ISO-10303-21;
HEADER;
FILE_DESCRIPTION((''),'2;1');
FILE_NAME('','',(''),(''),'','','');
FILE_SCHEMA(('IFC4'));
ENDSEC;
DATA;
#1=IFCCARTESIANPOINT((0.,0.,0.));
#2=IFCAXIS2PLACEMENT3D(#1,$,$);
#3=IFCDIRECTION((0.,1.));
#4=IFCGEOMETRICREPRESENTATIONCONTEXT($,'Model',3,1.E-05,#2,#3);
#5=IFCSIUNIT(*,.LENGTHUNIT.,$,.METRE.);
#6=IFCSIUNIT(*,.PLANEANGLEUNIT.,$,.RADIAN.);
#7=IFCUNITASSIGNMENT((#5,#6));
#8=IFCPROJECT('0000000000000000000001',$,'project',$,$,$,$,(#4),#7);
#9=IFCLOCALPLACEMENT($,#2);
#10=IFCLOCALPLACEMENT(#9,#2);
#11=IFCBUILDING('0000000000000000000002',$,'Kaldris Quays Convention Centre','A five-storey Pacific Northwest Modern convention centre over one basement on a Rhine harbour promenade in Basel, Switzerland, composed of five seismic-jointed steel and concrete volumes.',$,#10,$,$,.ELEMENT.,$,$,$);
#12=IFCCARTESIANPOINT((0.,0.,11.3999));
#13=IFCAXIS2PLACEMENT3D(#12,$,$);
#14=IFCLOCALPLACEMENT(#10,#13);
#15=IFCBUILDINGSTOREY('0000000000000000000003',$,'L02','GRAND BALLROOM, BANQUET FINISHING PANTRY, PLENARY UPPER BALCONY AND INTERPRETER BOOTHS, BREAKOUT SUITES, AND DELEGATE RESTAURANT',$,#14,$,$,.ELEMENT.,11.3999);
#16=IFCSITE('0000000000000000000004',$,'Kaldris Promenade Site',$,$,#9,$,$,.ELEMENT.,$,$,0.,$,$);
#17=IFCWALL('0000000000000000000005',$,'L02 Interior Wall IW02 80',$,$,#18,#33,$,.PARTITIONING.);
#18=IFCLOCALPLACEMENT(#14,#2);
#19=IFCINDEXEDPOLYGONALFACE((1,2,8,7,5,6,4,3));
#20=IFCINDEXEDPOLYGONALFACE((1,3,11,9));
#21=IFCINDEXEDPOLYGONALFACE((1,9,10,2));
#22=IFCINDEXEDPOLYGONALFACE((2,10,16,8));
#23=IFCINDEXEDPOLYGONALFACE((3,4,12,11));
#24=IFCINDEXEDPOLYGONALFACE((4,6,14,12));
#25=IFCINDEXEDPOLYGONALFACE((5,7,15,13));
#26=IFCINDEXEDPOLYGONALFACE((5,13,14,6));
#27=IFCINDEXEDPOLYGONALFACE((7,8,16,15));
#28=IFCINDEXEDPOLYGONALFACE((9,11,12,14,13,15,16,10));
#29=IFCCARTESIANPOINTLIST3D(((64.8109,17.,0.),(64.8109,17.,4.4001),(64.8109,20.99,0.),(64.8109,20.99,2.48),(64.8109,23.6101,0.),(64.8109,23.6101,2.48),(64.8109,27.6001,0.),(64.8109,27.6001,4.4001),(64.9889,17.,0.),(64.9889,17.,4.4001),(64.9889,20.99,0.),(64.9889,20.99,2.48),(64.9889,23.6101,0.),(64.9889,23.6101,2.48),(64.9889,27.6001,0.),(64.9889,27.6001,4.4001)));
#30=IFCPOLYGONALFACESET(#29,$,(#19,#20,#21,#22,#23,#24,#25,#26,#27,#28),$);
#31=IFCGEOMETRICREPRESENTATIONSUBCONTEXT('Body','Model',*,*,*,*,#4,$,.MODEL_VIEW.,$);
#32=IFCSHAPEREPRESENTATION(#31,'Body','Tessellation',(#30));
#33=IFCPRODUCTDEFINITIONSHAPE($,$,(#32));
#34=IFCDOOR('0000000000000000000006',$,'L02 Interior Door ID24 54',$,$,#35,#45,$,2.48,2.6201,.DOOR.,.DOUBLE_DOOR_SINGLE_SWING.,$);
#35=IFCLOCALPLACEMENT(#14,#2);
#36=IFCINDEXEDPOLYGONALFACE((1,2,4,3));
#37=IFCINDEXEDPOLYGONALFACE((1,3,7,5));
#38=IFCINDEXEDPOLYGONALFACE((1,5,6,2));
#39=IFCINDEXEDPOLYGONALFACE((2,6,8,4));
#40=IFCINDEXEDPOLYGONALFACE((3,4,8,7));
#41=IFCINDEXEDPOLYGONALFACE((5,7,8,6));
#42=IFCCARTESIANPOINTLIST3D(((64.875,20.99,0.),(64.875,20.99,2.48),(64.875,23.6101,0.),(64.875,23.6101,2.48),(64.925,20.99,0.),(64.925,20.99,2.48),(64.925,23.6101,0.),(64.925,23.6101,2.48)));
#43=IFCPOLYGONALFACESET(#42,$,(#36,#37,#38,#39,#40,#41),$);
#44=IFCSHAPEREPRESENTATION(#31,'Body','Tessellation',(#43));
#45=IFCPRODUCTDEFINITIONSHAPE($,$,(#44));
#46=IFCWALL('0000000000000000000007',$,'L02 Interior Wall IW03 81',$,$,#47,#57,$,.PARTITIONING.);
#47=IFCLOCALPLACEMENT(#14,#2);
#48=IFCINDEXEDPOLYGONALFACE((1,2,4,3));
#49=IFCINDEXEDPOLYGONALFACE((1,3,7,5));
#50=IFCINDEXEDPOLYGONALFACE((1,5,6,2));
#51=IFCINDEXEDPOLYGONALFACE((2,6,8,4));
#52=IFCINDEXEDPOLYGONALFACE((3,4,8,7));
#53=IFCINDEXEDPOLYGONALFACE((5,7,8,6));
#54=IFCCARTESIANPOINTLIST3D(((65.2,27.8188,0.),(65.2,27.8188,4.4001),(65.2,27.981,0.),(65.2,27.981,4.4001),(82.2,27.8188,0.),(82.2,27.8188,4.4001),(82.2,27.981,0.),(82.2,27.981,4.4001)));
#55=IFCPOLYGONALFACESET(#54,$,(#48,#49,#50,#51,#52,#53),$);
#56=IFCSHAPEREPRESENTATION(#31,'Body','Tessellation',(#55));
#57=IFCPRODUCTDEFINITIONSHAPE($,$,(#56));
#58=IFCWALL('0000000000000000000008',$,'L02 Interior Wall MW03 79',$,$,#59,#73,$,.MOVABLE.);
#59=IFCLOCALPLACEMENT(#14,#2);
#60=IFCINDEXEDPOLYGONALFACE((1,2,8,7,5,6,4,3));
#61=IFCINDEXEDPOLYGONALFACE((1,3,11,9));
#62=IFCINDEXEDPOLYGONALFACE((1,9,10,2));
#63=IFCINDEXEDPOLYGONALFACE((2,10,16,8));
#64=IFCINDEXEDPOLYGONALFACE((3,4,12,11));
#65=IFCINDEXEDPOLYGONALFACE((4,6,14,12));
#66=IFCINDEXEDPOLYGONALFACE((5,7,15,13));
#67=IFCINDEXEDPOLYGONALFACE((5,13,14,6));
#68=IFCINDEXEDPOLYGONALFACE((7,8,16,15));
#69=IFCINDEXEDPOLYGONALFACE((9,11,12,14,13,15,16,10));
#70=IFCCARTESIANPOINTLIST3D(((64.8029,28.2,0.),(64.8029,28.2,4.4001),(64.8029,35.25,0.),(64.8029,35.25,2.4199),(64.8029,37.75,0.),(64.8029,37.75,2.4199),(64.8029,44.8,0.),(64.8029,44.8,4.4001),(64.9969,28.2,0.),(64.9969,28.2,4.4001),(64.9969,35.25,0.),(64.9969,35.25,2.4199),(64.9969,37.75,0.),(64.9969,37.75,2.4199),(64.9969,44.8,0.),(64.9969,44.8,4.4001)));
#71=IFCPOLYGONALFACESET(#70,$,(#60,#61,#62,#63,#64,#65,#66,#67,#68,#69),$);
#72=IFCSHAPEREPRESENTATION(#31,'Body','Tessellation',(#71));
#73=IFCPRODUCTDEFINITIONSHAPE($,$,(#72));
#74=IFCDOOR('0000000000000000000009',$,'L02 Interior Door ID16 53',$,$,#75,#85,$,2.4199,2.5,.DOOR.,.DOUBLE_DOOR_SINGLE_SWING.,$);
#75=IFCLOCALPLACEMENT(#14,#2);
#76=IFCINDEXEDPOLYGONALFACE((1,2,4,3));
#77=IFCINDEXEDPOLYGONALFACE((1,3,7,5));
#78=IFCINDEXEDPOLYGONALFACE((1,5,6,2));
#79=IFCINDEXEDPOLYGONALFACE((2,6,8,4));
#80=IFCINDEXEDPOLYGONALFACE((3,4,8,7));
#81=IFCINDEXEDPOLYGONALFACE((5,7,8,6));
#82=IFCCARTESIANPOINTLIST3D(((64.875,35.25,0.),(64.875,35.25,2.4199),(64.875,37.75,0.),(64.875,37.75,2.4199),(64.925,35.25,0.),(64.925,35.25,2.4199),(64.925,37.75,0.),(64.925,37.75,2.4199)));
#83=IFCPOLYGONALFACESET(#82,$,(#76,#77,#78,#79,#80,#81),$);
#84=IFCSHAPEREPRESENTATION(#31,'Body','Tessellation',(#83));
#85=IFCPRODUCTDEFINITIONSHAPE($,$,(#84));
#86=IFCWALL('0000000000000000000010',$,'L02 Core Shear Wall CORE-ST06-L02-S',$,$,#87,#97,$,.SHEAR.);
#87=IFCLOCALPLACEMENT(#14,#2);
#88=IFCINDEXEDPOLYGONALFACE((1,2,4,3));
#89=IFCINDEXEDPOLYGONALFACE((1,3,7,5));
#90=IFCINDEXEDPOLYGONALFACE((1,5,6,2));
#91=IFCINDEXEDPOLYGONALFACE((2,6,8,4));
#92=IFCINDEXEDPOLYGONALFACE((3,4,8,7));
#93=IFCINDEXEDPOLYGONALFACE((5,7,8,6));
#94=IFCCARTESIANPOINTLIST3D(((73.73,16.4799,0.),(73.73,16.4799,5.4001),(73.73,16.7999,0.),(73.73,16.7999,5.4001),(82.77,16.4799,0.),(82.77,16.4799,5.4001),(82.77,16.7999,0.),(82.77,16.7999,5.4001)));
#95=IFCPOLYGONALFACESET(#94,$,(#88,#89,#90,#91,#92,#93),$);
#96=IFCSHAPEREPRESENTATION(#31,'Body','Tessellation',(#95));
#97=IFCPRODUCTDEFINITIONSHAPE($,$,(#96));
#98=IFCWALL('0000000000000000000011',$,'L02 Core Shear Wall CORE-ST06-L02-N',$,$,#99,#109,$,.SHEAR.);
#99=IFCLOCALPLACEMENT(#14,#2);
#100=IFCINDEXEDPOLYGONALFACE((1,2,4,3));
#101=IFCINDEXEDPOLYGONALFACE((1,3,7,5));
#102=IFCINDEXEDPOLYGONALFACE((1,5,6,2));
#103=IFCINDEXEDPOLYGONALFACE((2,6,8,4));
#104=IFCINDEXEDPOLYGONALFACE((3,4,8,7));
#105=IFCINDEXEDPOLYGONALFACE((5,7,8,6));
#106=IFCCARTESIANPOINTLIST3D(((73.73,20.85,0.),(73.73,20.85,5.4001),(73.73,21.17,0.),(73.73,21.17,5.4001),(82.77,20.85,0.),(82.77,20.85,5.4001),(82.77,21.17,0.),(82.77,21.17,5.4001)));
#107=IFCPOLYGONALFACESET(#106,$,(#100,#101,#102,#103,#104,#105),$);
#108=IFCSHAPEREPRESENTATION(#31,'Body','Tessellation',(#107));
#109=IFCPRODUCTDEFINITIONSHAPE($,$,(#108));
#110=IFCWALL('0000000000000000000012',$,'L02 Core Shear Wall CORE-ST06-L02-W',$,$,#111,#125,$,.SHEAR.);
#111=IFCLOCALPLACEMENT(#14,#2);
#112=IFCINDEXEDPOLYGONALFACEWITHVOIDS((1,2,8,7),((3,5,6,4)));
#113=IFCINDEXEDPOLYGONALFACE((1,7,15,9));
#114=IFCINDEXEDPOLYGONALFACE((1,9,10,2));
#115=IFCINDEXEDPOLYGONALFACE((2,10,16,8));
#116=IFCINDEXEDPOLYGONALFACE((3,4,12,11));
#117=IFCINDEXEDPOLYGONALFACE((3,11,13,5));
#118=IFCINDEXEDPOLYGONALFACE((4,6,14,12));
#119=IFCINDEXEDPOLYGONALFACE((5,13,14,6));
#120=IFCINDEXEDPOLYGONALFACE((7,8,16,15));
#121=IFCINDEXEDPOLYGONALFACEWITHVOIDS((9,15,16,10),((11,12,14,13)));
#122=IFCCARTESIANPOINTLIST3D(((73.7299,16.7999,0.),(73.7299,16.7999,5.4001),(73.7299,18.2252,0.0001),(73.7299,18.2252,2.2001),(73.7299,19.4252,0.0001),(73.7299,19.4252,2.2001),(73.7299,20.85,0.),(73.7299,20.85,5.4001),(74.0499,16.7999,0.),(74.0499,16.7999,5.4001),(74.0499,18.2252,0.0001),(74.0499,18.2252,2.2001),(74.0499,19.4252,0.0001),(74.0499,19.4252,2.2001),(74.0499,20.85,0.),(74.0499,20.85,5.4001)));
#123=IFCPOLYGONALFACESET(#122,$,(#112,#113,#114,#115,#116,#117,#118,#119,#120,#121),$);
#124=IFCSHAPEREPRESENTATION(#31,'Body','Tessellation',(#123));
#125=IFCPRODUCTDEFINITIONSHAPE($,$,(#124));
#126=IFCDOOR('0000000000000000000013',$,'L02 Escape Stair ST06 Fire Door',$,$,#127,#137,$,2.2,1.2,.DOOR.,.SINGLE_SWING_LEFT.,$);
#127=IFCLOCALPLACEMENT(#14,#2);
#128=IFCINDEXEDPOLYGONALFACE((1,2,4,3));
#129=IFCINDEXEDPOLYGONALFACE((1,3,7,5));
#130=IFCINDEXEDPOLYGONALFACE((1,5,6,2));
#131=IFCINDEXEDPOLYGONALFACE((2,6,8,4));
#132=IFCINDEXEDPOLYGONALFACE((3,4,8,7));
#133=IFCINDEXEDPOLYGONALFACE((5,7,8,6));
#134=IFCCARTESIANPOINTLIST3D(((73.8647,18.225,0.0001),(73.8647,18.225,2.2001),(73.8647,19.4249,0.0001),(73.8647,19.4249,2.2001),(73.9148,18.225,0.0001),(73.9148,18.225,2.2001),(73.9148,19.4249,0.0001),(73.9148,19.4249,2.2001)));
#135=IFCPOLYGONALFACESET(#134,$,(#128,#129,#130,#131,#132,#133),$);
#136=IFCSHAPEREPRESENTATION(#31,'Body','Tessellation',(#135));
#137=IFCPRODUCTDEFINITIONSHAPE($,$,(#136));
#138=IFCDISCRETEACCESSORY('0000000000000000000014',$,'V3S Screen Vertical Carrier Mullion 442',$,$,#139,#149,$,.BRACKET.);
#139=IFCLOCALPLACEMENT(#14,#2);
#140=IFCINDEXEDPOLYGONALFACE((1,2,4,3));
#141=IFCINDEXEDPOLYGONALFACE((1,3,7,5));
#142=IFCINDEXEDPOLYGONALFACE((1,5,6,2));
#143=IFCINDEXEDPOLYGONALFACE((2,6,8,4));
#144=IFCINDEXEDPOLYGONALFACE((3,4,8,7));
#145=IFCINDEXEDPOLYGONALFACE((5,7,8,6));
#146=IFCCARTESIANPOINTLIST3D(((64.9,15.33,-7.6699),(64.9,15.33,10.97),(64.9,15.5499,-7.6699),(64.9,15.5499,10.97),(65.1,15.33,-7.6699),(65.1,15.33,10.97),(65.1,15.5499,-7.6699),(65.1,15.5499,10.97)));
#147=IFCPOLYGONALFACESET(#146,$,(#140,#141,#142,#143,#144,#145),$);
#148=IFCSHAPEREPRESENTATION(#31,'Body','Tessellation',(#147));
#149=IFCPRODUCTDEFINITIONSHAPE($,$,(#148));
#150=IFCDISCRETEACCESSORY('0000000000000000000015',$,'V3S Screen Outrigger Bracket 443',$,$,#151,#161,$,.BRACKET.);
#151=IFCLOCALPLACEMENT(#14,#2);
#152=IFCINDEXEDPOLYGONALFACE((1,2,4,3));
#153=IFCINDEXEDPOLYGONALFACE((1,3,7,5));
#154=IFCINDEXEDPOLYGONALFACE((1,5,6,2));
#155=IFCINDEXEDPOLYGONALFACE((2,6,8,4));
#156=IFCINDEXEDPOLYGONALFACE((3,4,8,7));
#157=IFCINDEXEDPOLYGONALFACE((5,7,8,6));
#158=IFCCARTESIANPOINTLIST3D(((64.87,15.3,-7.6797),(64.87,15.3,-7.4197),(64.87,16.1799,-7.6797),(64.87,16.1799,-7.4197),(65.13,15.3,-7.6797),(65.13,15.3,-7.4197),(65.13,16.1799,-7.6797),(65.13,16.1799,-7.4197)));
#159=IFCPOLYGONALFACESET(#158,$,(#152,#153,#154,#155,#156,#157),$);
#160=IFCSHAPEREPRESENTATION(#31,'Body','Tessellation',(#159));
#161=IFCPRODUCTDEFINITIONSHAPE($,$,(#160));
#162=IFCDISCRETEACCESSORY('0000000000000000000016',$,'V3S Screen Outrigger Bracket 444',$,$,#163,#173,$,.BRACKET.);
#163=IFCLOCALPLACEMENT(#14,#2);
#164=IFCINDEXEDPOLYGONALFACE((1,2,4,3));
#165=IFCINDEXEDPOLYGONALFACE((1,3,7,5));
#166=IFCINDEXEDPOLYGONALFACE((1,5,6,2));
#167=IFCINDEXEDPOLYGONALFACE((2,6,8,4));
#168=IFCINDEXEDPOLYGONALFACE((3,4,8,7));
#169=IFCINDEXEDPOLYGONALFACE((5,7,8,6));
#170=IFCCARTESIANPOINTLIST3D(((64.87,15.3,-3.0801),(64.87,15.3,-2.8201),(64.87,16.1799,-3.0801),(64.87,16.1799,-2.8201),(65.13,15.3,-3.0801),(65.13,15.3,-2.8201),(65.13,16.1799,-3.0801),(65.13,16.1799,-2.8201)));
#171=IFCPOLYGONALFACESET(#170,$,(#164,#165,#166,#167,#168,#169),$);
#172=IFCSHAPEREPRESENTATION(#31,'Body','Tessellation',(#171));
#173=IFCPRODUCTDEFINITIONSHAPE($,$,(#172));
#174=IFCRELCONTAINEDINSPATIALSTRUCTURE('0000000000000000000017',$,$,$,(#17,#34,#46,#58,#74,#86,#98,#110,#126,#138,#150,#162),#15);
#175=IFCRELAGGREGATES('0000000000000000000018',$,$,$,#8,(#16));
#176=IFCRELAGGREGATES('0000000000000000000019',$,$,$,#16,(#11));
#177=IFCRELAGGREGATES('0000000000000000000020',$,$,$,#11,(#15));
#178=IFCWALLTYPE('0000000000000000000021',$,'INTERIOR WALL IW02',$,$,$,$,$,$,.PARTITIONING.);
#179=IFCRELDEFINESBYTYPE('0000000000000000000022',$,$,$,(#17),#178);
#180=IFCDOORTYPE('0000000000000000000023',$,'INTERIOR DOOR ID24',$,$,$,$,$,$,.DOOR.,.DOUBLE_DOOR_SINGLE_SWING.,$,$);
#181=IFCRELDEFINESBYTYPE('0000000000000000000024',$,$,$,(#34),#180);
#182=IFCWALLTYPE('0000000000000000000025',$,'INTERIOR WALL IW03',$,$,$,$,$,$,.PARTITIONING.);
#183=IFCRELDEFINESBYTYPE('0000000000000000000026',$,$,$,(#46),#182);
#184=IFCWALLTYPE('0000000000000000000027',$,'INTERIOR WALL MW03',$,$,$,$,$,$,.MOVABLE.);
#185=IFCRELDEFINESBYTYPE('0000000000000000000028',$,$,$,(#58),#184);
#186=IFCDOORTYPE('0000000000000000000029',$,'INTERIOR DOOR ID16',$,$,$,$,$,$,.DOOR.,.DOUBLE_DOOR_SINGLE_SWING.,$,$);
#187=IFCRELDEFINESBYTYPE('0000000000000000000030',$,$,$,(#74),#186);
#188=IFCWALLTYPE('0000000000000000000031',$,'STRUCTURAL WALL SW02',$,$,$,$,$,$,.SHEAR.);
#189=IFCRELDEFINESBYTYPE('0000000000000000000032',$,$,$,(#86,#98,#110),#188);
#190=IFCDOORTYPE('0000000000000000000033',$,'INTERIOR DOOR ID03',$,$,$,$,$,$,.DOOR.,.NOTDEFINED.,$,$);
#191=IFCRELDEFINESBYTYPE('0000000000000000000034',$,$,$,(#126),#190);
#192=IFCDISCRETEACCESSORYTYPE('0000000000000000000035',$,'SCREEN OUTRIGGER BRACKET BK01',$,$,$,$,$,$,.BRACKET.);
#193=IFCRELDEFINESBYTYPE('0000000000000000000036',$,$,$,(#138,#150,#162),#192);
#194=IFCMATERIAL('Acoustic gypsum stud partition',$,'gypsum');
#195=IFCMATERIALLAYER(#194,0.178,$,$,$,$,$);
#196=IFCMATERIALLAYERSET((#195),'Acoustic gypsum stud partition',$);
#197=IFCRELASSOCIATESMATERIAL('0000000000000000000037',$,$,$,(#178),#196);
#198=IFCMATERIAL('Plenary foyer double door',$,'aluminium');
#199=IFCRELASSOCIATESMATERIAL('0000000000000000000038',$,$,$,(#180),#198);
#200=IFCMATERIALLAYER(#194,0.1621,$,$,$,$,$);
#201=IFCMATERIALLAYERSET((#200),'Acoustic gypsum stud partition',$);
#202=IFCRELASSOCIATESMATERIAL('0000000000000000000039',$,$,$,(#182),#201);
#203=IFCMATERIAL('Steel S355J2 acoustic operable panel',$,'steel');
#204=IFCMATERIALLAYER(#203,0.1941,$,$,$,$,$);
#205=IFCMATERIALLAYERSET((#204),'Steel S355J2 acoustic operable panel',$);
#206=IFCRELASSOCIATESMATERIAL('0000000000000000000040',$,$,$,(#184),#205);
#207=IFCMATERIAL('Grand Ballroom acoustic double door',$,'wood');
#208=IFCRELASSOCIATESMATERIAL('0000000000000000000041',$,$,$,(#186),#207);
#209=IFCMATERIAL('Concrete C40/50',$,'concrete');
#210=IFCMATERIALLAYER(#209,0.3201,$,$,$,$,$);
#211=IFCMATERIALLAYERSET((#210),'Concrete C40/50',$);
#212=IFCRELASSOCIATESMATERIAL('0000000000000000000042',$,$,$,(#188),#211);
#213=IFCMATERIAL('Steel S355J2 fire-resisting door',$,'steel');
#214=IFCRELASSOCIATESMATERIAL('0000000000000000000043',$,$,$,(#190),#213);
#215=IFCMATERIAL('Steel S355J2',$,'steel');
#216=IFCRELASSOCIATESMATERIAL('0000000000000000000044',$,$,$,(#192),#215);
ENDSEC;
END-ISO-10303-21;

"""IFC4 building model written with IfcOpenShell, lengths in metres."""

from ifc_helpers import new_model, si_unit, direction, frame, frame_2d, origin, origin_2d, place, context, subcontext, project, spatial, rectangle, extrude, material, layer, layer_set, type_object, element, fill, save


model = new_model("IFC4")

# Units and contexts
model_context = context("Model", 3, precision=1e-05, world=origin(), true_north=direction((0.0, 1.0)))
body_context = subcontext(model_context, "Body", "Model", "MODEL_VIEW")
ifc_project = project(units=[si_unit("LENGTHUNIT", "METRE"), si_unit("PLANEANGLEUNIT", "RADIAN")], contexts=[model_context])

# Site, building, storey
site_placement = place(None, origin())
site = spatial("IfcSite", under=ifc_project, at=site_placement, Name="Kaldris Promenade Site", CompositionType="ELEMENT", RefElevation=0.0)
building_placement = place(site_placement, origin())
building = spatial("IfcBuilding", under=site, at=building_placement, Name="Kaldris Quays Convention Centre", Description="A five-storey Pacific Northwest Modern convention centre over one basement on a Rhine harbour promenade in Basel, Switzerland, composed of five seismic-jointed steel and concrete volumes.", CompositionType="ELEMENT")
storey_placement = place(building_placement, frame((0.0, 0.0, 11.3999)))
storey = spatial("IfcBuildingStorey", under=building, at=storey_placement, Name="L02", Description="GRAND BALLROOM, BANQUET FINISHING PANTRY, PLENARY UPPER BALCONY AND INTERPRETER BOOTHS, BREAKOUT SUITES, AND DELEGATE RESTAURANT", CompositionType="ELEMENT", Elevation=11.3999)

# Shared definitions
ifc_material_1 = material(Name="Steel S355J2", Category="steel")

# Wall, opening, door
ifc_material_2 = material(Name="Acoustic gypsum stud partition", Category="gypsum")
ifc_layer_1 = layer(ifc_material_2, 0.178)
ifc_layer_set_1 = layer_set([ifc_layer_1], Name="Acoustic gypsum stud partition")
wall_type_1 = type_object("IfcWallType", Name="INTERIOR WALL IW02", PredefinedType="PARTITIONING", material=ifc_layer_set_1)
wall_1_placement = place(storey_placement, frame((64.8999, 17.0, 0.0), z_axis=(0.0, 0.0, 1.0), x_axis=(0.0, 1.0, 0.0)))
wall_1 = element("IfcWall", 1, at=wall_1_placement, inside=storey, type_object=wall_type_1, Name="L02 Interior Wall IW02 80", PredefinedType="PARTITIONING", context=body_context, shape_type="SweptSolid", body=[
    extrude(rectangle(XDim=10.6001, YDim=0.178, at=frame_2d((5.3, 0.0))), origin(), (0.0, 0.0, 1.0), 4.4001),
])
opening_1_placement = place(wall_1_placement, frame((3.99, 0.0, 0.0)))
opening_1 = element("IfcOpeningElement", 2, at=opening_1_placement, cuts=wall_1, PredefinedType="OPENING", context=body_context, shape_type="SweptSolid", body=[
    extrude(rectangle(XDim=2.6201, YDim=2.48, at=frame_2d((1.3101, 1.24))), frame((0.0, 0.0991, 0.0), z_axis=(0.0, -1.0, 0.0), x_axis=(1.0, 0.0, 0.0)), (0.0, 0.0, 1.0), 0.198),
])
ifc_material_3 = material(Name="Plenary foyer double door", Category="aluminium")
door_type_1 = type_object("IfcDoorType", Name="INTERIOR DOOR ID24", OperationType="DOUBLE_DOOR_SINGLE_SWING", PredefinedType="DOOR", material=ifc_material_3)
door_1_placement = place(opening_1_placement, origin())
door_1 = element("IfcDoor", 3, at=door_1_placement, inside=storey, type_object=door_type_1, Name="L02 Interior Door ID24 54", OperationType="DOUBLE_DOOR_SINGLE_SWING", OverallHeight=2.48, OverallWidth=2.6201, PredefinedType="DOOR", context=body_context, shape_type="SweptSolid", body=[
    extrude(rectangle(XDim=2.6201, YDim=2.48, at=frame_2d((1.3101, 1.24))), frame((0.0, 0.0249, 0.0), z_axis=(0.0, -1.0, 0.0), x_axis=(1.0, 0.0, 0.0)), (0.0, 0.0, 1.0), 0.05),
])
fill(opening_1, door_1)

# Wall
ifc_layer_2 = layer(ifc_material_2, 0.1621)
ifc_layer_set_2 = layer_set([ifc_layer_2], Name="Acoustic gypsum stud partition")
wall_type_2 = type_object("IfcWallType", Name="INTERIOR WALL IW03", PredefinedType="PARTITIONING", material=ifc_layer_set_2)
wall_2_placement = place(storey_placement, frame((65.2, 27.8999, 0.0), z_axis=(0.0, 0.0, 1.0), x_axis=(1.0, 0.0, 0.0)))
element("IfcWall", 4, at=wall_2_placement, inside=storey, type_object=wall_type_2, Name="L02 Interior Wall IW03 81", PredefinedType="PARTITIONING", context=body_context, shape_type="SweptSolid", body=[
    extrude(rectangle(XDim=17.0, YDim=0.1621, at=frame_2d((8.5, 0.0))), origin(), (0.0, 0.0, 1.0), 4.4001),
])

# Wall, opening, door
ifc_material_4 = material(Name="Steel S355J2 acoustic operable panel", Category="steel")
ifc_layer_3 = layer(ifc_material_4, 0.1941)
ifc_layer_set_3 = layer_set([ifc_layer_3], Name="Steel S355J2 acoustic operable panel")
wall_type_3 = type_object("IfcWallType", Name="INTERIOR WALL MW03", PredefinedType="MOVABLE", material=ifc_layer_set_3)
wall_3_placement = place(storey_placement, frame((64.8999, 28.2, 0.0), z_axis=(0.0, 0.0, 1.0), x_axis=(0.0, 1.0, 0.0)))
wall_3 = element("IfcWall", 5, at=wall_3_placement, inside=storey, type_object=wall_type_3, Name="L02 Interior Wall MW03 79", PredefinedType="MOVABLE", context=body_context, shape_type="SweptSolid", body=[
    extrude(rectangle(XDim=16.6001, YDim=0.1941, at=frame_2d((8.3, 0.0))), origin(), (0.0, 0.0, 1.0), 4.4001),
])
opening_2_placement = place(wall_3_placement, frame((7.05, 0.0, 0.0)))
opening_2 = element("IfcOpeningElement", 6, at=opening_2_placement, cuts=wall_3, PredefinedType="OPENING", context=body_context, shape_type="SweptSolid", body=[
    extrude(rectangle(XDim=2.5, YDim=2.4199, at=frame_2d((1.25, 1.21))), frame((0.0, 0.1069, 0.0), z_axis=(0.0, -1.0, 0.0), x_axis=(1.0, 0.0, 0.0)), (0.0, 0.0, 1.0), 0.2141),
])
ifc_material_5 = material(Name="Grand Ballroom acoustic double door", Category="wood")
door_type_2 = type_object("IfcDoorType", Name="INTERIOR DOOR ID16", OperationType="DOUBLE_DOOR_SINGLE_SWING", PredefinedType="DOOR", material=ifc_material_5)
door_2_placement = place(opening_2_placement, origin())
door_2 = element("IfcDoor", 7, at=door_2_placement, inside=storey, type_object=door_type_2, Name="L02 Interior Door ID16 53", OperationType="DOUBLE_DOOR_SINGLE_SWING", OverallHeight=2.4199, OverallWidth=2.5, PredefinedType="DOOR", context=body_context, shape_type="SweptSolid", body=[
    extrude(rectangle(XDim=2.5, YDim=2.4199, at=frame_2d((1.25, 1.21))), frame((0.0, 0.0249, 0.0), z_axis=(0.0, -1.0, 0.0), x_axis=(1.0, 0.0, 0.0)), (0.0, 0.0, 1.0), 0.05),
])
fill(opening_2, door_2)

# Walls
ifc_material_6 = material(Name="Concrete C40/50", Category="concrete")
ifc_layer_4 = layer(ifc_material_6, 0.3201)
ifc_layer_set_4 = layer_set([ifc_layer_4], Name="Concrete C40/50")
wall_type_4 = type_object("IfcWallType", Name="STRUCTURAL WALL SW02", PredefinedType="SHEAR", material=ifc_layer_set_4)
for number, where, z_axis, x_axis, name in (
    (8, (73.73, 16.6399, 0.0), (0.0, 0.0, 1.0), (1.0, 0.0, 0.0), "L02 Core Shear Wall CORE-ST06-L02-S"),
    (9, (73.73, 21.01, 0.0), (0.0, 0.0, 1.0), (1.0, 0.0, 0.0), "L02 Core Shear Wall CORE-ST06-L02-N"),
):
    element("IfcWall", number, at=place(storey_placement, frame(where, z_axis=z_axis, x_axis=x_axis)), inside=storey, type_object=wall_type_4, Name=name, PredefinedType="SHEAR", context=body_context, shape_type="SweptSolid", body=[
        extrude(rectangle(XDim=9.04, YDim=0.3201, at=frame_2d((4.52, 0.0))), origin(), (0.0, 0.0, 1.0), 5.4001),
    ])

# Wall, opening, door
wall_4_placement = place(storey_placement, frame((73.8899, 16.8, 0.0), z_axis=(0.0, 0.0, 1.0), x_axis=(0.0, 1.0, 0.0)))
wall_4 = element("IfcWall", 10, at=wall_4_placement, inside=storey, type_object=wall_type_4, Name="L02 Core Shear Wall CORE-ST06-L02-W", PredefinedType="SHEAR", context=body_context, shape_type="SweptSolid", body=[
    extrude(rectangle(XDim=4.05, YDim=0.3201, at=frame_2d((2.0249, 0.0))), origin(), (0.0, 0.0, 1.0), 5.4001),
])
opening_3_placement = place(wall_4_placement, frame((1.425, 0.0, 0.0)))
opening_3 = element("IfcOpeningElement", 11, at=opening_3_placement, cuts=wall_4, PredefinedType="OPENING", context=body_context, shape_type="SweptSolid", body=[
    extrude(rectangle(XDim=1.2, YDim=2.2, at=frame_2d((0.6001, 1.1001))), frame((0.0, 0.1699, 0.0), z_axis=(0.0, -1.0, 0.0), x_axis=(1.0, 0.0, 0.0)), (0.0, 0.0, 1.0), 0.3401),
])
ifc_material_7 = material(Name="Steel S355J2 fire-resisting door", Category="steel")
door_type_3 = type_object("IfcDoorType", Name="INTERIOR DOOR ID03", OperationType="NOTDEFINED", PredefinedType="DOOR", material=ifc_material_7)
door_3_placement = place(opening_3_placement, frame((1.2, 0.0, 0.0), z_axis=(0.0, 0.0, 1.0), x_axis=(-1.0, 0.0, 0.0)))
door_3 = element("IfcDoor", 12, at=door_3_placement, inside=storey, type_object=door_type_3, Name="L02 Escape Stair ST06 Fire Door", OperationType="SINGLE_SWING_LEFT", OverallHeight=2.2, OverallWidth=1.2, PredefinedType="DOOR", context=body_context, shape_type="SweptSolid", body=[
    extrude(rectangle(XDim=1.2, YDim=2.2, at=frame_2d((0.6001, 1.1001))), frame((0.0, 0.0249, 0.0), z_axis=(0.0, -1.0, 0.0), x_axis=(1.0, 0.0, 0.0)), (0.0, 0.0, 1.0), 0.05),
])
fill(opening_3, door_3)

# Discrete accessories
discrete_accessory_type = type_object("IfcDiscreteAccessoryType", Name="SCREEN OUTRIGGER BRACKET BK01", PredefinedType="BRACKET", material=ifc_material_1)
discrete_accessory_placement = place(storey_placement, frame((65.0, 15.4399, -7.6699), z_axis=(0.0, 0.0, 1.0), x_axis=(1.0, 0.0, 0.0)))
element("IfcDiscreteAccessory", 13, at=discrete_accessory_placement, inside=storey, type_object=discrete_accessory_type, Name="V3S Screen Vertical Carrier Mullion 442", PredefinedType="BRACKET", context=body_context, shape_type="SweptSolid", body=[
    extrude(rectangle(XDim=0.2, YDim=0.22, at=origin_2d()), origin(), (0.0, 0.0, 1.0), 18.6399),
])
for number, where, z_axis, x_axis, name in (
    (14, (65.0, 15.74, -7.6797), (0.0, 0.0, 1.0), (1.0, 0.0, 0.0), "V3S Screen Outrigger Bracket 443"),
    (15, (65.0, 15.74, -3.0801), (0.0, 0.0, 1.0), (1.0, 0.0, 0.0), "V3S Screen Outrigger Bracket 444"),
):
    element("IfcDiscreteAccessory", number, at=place(storey_placement, frame(where, z_axis=z_axis, x_axis=x_axis)), inside=storey, type_object=discrete_accessory_type, Name=name, PredefinedType="BRACKET", context=body_context, shape_type="SweptSolid", body=[
        extrude(rectangle(XDim=0.26, YDim=0.8799, at=origin_2d()), origin(), (0.0, 0.0, 1.0), 0.26),
    ])

save(model, "model.ifc")
